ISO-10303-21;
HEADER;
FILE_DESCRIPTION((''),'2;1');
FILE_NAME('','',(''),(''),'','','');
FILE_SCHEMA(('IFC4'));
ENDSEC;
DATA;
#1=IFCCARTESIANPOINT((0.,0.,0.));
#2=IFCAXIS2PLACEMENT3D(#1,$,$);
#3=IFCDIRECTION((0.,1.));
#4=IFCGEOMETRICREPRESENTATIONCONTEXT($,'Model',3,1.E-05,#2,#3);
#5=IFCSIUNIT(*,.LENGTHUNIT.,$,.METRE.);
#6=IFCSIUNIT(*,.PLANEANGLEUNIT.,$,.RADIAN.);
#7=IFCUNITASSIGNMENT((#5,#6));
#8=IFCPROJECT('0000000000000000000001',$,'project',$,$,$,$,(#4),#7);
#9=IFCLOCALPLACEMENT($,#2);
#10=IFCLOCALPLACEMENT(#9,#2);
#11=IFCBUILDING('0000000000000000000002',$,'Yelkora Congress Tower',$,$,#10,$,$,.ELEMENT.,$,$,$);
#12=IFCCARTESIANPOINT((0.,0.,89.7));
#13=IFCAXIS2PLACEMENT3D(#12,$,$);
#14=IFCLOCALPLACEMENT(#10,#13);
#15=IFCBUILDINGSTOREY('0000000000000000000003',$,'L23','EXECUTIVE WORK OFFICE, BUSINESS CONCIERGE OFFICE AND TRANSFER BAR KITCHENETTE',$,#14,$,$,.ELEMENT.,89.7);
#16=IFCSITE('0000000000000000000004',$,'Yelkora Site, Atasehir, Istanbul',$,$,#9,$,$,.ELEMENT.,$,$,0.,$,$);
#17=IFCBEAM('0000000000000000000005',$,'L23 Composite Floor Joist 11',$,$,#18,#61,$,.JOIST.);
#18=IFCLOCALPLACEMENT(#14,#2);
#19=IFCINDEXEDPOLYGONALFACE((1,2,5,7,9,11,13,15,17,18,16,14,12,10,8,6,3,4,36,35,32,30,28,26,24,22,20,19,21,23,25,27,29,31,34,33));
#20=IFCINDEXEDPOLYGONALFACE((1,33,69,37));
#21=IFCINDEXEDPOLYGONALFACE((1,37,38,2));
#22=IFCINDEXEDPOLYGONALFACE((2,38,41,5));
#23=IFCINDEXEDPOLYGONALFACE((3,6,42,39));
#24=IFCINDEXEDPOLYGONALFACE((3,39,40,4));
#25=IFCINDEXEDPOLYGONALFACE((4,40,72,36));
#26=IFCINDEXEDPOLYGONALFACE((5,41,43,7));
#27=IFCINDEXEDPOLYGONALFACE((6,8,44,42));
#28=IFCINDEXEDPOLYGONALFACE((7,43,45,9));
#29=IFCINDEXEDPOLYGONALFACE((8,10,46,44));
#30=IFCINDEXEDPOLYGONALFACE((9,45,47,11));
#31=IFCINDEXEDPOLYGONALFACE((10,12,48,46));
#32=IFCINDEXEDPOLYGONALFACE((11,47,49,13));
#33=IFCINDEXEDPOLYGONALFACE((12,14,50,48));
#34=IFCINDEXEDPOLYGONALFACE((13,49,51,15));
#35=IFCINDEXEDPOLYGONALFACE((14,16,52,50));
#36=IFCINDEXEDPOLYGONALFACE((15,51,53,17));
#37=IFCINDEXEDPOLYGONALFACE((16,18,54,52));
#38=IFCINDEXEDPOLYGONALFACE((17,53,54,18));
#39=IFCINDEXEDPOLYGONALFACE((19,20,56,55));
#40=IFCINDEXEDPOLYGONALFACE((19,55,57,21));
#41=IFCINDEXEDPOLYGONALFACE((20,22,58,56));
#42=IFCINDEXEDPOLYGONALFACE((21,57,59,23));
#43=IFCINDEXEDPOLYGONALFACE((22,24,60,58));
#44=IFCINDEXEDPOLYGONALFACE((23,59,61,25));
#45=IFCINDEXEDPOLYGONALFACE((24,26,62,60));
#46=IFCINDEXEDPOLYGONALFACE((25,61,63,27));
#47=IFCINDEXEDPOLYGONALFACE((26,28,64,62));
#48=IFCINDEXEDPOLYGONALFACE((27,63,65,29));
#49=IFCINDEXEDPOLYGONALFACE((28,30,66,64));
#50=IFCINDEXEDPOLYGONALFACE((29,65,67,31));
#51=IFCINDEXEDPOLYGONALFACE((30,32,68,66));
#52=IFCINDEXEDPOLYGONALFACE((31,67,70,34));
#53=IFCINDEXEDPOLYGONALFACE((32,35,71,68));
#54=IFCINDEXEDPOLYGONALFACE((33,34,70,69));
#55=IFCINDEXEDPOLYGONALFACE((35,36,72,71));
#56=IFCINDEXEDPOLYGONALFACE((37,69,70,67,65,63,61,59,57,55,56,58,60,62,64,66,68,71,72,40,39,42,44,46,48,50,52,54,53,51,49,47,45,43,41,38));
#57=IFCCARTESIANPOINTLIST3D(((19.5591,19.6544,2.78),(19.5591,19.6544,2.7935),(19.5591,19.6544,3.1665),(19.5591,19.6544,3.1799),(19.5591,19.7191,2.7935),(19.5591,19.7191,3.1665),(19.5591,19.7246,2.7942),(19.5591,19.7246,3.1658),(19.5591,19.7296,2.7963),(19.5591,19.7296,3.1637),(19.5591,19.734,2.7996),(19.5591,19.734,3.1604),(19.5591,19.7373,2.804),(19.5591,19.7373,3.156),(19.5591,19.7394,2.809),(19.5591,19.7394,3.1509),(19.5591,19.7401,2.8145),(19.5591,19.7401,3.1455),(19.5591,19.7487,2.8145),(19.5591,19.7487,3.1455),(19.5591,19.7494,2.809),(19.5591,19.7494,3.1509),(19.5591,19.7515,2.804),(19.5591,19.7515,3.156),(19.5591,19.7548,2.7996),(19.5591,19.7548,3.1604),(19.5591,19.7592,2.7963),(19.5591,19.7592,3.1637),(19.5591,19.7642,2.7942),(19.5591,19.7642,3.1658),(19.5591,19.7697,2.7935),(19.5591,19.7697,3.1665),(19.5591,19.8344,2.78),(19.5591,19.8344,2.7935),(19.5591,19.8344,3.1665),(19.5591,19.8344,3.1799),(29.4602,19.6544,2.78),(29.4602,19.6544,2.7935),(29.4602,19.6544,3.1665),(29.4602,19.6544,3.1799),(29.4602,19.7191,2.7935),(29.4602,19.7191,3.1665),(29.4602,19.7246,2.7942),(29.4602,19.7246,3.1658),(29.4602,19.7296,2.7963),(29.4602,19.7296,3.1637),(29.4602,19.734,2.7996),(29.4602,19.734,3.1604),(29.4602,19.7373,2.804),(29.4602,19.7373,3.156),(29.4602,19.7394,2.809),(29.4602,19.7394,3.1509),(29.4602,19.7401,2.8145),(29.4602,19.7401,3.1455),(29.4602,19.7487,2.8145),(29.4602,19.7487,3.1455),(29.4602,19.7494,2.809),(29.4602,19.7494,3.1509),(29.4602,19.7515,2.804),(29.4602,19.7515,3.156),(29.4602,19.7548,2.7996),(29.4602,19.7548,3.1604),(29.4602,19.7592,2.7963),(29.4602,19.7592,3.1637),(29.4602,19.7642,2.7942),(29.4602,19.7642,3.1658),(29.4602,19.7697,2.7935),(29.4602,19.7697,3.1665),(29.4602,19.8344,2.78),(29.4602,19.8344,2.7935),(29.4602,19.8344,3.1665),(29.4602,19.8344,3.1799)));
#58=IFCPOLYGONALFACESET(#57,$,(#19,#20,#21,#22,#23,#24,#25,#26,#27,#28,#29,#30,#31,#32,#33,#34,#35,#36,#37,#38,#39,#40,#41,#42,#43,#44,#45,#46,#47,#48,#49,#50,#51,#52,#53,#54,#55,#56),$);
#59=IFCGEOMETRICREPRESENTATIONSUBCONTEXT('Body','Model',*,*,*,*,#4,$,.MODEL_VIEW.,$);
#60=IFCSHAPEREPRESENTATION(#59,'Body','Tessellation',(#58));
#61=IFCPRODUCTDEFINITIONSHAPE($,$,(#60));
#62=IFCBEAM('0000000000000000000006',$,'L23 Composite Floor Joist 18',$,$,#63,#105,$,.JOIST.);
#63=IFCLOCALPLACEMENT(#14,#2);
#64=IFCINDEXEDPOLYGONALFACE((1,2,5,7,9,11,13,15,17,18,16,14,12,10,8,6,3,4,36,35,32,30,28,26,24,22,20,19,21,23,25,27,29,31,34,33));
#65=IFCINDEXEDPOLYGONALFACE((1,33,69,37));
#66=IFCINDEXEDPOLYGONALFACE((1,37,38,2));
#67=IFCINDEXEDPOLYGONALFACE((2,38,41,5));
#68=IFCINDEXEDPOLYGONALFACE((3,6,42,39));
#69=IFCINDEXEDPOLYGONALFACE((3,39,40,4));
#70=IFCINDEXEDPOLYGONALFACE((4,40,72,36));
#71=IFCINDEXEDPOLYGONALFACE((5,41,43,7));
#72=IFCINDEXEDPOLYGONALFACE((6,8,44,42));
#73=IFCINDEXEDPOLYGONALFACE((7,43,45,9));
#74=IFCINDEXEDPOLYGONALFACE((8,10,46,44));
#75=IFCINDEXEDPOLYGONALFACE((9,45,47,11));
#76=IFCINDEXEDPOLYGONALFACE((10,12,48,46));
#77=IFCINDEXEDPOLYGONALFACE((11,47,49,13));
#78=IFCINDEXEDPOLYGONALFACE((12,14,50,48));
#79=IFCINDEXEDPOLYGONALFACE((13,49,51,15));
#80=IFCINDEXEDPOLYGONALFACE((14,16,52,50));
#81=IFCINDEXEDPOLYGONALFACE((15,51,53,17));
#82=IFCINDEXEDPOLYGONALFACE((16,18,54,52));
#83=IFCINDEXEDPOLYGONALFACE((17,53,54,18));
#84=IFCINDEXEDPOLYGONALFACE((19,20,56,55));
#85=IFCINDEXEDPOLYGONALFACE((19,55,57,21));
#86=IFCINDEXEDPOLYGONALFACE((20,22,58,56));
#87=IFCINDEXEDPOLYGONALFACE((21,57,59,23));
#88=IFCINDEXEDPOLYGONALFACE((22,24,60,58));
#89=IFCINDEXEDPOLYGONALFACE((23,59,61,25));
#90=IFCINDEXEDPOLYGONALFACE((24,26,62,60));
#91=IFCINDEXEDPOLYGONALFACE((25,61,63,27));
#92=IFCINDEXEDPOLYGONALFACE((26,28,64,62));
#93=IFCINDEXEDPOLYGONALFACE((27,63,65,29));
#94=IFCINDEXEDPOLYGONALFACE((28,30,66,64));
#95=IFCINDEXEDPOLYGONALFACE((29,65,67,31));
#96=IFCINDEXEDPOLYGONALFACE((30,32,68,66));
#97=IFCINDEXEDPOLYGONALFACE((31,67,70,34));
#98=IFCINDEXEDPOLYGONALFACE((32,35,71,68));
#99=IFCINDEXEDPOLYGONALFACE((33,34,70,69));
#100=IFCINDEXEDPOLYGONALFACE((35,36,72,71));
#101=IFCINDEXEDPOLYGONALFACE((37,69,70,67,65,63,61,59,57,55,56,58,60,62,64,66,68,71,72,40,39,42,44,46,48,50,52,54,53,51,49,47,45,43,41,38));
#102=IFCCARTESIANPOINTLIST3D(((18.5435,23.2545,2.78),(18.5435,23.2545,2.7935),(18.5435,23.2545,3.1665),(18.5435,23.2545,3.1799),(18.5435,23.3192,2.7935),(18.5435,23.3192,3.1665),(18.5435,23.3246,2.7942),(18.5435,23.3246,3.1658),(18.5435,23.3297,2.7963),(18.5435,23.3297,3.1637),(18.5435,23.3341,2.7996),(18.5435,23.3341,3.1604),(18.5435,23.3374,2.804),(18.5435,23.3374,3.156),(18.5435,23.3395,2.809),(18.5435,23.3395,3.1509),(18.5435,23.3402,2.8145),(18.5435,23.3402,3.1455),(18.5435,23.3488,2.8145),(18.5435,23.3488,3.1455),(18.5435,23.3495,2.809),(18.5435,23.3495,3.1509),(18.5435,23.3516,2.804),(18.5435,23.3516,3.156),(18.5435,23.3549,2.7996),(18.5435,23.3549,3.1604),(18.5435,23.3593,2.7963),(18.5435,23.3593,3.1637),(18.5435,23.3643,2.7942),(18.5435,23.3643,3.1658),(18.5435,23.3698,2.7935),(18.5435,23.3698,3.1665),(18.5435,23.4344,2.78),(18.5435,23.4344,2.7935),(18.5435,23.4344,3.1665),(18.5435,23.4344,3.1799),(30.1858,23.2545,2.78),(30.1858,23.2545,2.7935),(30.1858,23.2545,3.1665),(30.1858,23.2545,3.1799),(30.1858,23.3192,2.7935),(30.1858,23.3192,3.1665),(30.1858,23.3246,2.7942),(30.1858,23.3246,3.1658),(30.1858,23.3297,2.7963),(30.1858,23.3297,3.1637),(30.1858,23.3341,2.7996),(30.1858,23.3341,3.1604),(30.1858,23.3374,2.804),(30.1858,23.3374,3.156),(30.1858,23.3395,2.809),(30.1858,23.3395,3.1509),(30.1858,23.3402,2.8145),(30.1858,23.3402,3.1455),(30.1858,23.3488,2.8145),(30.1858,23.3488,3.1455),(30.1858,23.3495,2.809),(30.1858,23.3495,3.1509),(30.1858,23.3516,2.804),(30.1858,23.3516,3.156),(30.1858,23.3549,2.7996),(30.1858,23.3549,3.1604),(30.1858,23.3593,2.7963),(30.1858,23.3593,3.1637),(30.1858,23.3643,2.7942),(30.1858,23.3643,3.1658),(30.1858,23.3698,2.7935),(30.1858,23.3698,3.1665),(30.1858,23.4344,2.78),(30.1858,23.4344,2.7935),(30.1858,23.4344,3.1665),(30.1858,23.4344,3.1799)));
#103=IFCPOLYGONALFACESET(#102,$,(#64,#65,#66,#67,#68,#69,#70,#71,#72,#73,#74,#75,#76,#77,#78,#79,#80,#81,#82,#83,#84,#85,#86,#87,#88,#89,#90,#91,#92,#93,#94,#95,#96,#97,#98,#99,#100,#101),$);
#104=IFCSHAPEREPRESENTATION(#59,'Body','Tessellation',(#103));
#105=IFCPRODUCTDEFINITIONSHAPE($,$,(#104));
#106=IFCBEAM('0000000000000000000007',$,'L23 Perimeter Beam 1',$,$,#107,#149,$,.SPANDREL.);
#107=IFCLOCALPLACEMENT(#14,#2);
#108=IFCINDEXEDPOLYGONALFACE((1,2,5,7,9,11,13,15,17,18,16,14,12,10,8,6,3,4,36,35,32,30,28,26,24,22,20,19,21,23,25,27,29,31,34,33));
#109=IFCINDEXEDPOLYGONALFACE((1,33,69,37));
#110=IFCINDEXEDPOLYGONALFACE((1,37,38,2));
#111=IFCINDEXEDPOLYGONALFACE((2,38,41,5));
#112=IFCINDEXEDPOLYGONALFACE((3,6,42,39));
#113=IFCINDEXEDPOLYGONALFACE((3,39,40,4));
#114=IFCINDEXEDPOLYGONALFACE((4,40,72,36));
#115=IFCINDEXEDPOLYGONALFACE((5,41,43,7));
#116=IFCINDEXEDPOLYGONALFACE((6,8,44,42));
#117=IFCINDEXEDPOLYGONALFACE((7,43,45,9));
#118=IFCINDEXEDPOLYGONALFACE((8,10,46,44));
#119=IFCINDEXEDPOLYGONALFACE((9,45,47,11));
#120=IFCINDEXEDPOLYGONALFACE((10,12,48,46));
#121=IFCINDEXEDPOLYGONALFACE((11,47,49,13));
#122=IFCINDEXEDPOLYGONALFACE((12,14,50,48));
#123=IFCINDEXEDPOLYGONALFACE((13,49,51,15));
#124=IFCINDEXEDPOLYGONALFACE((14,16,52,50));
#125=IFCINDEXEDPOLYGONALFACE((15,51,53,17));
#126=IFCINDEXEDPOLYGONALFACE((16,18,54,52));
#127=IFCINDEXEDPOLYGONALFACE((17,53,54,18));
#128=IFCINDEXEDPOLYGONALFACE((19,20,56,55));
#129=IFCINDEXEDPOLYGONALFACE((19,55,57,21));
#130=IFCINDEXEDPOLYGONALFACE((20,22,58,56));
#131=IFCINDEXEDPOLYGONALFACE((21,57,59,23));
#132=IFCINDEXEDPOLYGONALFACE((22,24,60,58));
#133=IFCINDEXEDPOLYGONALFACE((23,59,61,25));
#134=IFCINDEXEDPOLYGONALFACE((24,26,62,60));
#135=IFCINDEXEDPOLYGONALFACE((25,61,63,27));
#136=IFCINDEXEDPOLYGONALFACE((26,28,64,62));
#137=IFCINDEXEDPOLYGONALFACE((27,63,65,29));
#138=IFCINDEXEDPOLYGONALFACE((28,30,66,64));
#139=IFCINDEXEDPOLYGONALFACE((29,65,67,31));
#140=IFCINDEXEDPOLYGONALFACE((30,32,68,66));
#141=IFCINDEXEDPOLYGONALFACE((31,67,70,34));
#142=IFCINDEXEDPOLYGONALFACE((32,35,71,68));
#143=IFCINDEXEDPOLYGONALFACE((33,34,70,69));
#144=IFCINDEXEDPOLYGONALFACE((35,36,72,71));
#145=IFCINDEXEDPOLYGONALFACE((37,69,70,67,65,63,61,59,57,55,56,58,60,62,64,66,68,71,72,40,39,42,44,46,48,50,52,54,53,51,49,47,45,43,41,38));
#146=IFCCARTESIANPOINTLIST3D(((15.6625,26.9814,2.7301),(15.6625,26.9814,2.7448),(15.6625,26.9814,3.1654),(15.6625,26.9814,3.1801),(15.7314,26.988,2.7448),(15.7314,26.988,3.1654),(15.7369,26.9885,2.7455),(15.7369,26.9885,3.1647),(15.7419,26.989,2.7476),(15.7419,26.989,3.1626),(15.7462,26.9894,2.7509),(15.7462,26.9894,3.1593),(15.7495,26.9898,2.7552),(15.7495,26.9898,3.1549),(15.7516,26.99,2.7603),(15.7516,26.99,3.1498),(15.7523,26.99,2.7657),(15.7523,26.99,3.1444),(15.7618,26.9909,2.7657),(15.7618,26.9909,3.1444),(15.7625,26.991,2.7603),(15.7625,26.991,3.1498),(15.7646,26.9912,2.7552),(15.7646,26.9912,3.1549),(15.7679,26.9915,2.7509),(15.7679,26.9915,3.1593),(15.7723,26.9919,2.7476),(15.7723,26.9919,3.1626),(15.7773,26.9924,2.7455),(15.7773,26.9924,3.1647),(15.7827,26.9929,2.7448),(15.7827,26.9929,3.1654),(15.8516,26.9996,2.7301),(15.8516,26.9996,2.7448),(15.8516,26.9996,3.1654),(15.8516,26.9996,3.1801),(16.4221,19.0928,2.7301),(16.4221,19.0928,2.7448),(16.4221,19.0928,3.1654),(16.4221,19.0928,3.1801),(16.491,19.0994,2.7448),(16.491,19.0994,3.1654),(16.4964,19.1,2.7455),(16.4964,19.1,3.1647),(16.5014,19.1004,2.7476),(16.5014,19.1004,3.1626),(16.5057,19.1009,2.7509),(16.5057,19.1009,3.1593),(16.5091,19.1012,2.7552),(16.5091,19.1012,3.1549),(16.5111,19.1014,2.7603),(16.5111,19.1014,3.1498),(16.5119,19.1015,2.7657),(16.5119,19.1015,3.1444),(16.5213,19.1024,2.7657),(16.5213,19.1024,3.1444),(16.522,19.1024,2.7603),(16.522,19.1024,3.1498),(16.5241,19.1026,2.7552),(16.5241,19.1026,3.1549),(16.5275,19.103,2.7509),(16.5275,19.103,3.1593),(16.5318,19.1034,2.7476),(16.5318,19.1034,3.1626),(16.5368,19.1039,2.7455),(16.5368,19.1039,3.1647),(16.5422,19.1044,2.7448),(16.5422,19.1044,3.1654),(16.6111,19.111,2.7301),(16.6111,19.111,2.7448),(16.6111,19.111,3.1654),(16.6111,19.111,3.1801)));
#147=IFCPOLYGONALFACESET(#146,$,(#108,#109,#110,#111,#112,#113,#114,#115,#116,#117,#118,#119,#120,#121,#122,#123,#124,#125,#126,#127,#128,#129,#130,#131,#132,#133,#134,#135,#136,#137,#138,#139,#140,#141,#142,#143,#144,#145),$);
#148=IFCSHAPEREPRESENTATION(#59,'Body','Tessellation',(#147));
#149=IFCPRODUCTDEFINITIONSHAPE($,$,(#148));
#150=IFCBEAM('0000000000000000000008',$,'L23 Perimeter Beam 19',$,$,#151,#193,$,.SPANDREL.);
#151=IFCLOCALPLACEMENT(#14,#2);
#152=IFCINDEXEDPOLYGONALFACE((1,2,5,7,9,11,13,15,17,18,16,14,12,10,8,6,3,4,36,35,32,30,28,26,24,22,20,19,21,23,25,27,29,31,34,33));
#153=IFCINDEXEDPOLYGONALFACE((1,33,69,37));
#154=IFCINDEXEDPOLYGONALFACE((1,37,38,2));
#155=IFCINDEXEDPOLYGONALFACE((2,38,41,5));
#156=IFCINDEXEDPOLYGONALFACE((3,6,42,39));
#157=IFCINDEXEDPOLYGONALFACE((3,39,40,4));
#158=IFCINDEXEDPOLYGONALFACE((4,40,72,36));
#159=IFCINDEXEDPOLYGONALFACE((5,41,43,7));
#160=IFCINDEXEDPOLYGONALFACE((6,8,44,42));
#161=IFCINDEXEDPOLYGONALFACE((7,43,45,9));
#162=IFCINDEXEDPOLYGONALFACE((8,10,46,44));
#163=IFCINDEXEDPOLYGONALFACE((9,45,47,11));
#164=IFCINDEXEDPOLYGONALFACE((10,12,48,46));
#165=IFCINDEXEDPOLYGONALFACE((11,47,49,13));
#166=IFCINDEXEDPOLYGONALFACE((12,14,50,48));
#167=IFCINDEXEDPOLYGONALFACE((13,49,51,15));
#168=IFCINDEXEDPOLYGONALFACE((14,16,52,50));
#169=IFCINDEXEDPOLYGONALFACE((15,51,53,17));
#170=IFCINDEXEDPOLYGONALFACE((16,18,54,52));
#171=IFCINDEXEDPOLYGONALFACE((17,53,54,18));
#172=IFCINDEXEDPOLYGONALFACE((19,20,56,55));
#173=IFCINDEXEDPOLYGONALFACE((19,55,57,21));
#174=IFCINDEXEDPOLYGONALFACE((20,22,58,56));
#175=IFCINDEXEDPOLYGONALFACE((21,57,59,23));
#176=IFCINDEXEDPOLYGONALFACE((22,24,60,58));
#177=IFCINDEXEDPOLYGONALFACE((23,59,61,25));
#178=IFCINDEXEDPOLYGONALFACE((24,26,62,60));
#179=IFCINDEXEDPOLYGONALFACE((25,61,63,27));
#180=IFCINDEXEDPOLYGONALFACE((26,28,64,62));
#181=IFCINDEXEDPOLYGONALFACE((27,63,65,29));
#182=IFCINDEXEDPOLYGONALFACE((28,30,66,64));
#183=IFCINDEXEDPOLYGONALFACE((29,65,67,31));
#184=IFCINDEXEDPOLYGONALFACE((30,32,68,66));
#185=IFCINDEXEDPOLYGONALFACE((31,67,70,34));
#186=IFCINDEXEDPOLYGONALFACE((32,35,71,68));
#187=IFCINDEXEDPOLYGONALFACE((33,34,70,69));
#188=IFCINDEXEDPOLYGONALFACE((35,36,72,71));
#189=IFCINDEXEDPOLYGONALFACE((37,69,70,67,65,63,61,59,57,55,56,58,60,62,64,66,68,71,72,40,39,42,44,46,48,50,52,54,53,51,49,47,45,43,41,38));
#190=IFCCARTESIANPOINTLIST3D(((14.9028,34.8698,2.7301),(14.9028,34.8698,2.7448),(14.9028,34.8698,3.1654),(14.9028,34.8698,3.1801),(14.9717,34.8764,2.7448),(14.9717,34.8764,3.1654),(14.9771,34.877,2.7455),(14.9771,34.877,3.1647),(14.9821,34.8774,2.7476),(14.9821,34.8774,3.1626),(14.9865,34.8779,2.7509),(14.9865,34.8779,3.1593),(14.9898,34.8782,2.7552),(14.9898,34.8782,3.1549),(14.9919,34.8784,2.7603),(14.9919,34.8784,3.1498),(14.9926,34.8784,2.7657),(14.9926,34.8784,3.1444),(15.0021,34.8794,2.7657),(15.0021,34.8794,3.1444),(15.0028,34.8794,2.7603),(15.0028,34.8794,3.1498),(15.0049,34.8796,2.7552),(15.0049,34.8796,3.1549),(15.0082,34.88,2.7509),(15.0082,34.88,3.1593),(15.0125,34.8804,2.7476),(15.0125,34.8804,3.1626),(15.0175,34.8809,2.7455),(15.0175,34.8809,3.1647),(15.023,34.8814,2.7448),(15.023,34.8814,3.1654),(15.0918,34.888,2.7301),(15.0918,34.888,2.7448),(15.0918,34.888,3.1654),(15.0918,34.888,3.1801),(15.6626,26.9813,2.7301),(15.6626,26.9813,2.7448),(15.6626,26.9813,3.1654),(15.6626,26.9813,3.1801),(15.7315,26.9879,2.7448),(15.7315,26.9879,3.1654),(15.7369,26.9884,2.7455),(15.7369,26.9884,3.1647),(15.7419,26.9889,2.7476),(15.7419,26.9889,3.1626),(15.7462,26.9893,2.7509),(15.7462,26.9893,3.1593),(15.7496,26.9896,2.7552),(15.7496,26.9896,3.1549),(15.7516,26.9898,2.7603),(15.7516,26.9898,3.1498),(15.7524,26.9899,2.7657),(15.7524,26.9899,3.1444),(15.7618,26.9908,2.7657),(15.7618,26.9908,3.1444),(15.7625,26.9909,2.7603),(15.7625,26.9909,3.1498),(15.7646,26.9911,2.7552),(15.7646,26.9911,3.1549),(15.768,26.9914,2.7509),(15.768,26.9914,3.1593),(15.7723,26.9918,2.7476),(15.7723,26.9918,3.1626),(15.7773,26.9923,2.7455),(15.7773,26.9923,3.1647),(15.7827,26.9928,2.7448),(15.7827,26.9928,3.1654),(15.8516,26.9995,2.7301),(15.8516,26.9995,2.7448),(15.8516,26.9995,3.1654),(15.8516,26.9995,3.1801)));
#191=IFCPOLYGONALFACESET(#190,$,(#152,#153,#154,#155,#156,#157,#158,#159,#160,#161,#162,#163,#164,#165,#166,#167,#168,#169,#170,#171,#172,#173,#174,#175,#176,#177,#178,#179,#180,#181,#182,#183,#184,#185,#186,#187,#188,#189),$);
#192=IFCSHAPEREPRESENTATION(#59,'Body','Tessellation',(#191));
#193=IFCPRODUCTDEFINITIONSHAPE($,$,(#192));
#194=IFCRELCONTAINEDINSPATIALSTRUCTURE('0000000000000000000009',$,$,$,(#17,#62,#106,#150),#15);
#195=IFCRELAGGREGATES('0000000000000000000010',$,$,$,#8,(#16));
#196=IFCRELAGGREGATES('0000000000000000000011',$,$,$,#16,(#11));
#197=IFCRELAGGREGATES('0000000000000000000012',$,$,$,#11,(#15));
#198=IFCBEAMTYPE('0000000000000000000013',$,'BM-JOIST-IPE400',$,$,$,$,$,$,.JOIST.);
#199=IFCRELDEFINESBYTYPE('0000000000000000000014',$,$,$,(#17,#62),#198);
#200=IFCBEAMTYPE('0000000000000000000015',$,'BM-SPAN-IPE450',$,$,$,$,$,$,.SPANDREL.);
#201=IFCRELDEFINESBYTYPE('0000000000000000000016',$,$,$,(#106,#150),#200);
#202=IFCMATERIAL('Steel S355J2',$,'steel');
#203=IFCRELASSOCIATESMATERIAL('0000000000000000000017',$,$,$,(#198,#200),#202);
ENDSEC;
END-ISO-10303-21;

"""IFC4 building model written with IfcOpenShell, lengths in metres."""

from ifc_helpers import new_model, si_unit, direction, frame, origin, origin_2d, place, context, subcontext, project, spatial, i_section, extrude, material, material_profile, profile_set, type_object, element, save


model = new_model("IFC4")

# Units and contexts
model_context = context("Model", 3, precision=1e-05, world=origin(), true_north=direction((0.0, 1.0)))
body_context = subcontext(model_context, "Body", "Model", "MODEL_VIEW")
ifc_project = project(units=[si_unit("LENGTHUNIT", "METRE"), si_unit("PLANEANGLEUNIT", "RADIAN")], contexts=[model_context])

# Site, building, storey
site_placement = place(None, origin())
site = spatial("IfcSite", under=ifc_project, at=site_placement, Name="Yelkora Site, Atasehir, Istanbul", CompositionType="ELEMENT", RefElevation=0.0)
building_placement = place(site_placement, origin())
building = spatial("IfcBuilding", under=site, at=building_placement, Name="Yelkora Congress Tower", CompositionType="ELEMENT")
storey_placement = place(building_placement, frame((0.0, 0.0, 89.7)))
storey = spatial("IfcBuildingStorey", under=building, at=storey_placement, Name="L23", Description="EXECUTIVE WORK OFFICE, BUSINESS CONCIERGE OFFICE AND TRANSFER BAR KITCHENETTE", CompositionType="ELEMENT", Elevation=89.7)

# Beams
ifc_material_1 = material(Name="Steel S355J2", Category="steel")
ifc_material_profile_1 = material_profile(ifc_material_1, i_section(OverallWidth=0.1799, OverallDepth=0.3999, WebThickness=0.0085, FlangeThickness=0.0134, FilletRadius=0.021, at=origin_2d()), Name="IPE 400")
ifc_profile_set_1 = profile_set([ifc_material_profile_1], Name="Steel S355J2")
beam_type_1 = type_object("IfcBeamType", Name="BM-JOIST-IPE400", PredefinedType="JOIST", material=ifc_profile_set_1)
beam_1_placement = place(storey_placement, frame((19.5591, 19.7444, 2.98), z_axis=(1.0, 0.0, 0.0), x_axis=(0.0, 1.0, 0.0)))
element("IfcBeam", 1, at=beam_1_placement, inside=storey, type_object=beam_type_1, Name="L23 Composite Floor Joist 11", PredefinedType="JOIST", context=body_context, shape_type="SweptSolid", body=[
    extrude(i_section(OverallWidth=0.1799, OverallDepth=0.3999, WebThickness=0.0085, FlangeThickness=0.0134, FilletRadius=0.021, at=origin_2d()), origin(), (0.0, 0.0, 1.0), 9.9011),
])
beam_2_placement = place(storey_placement, frame((18.5435, 23.3445, 2.98), z_axis=(1.0, 0.0, 0.0), x_axis=(0.0, 1.0, 0.0)))
element("IfcBeam", 2, at=beam_2_placement, inside=storey, type_object=beam_type_1, Name="L23 Composite Floor Joist 18", PredefinedType="JOIST", context=body_context, shape_type="SweptSolid", body=[
    extrude(i_section(OverallWidth=0.1799, OverallDepth=0.3999, WebThickness=0.0085, FlangeThickness=0.0134, FilletRadius=0.021, at=origin_2d()), origin(), (0.0, 0.0, 1.0), 11.6423),
])
ifc_material_profile_2 = material_profile(ifc_material_1, i_section(OverallWidth=0.1899, OverallDepth=0.45, WebThickness=0.0095, FlangeThickness=0.0146, FilletRadius=0.021, at=origin_2d()), Name="IPE 450")
ifc_profile_set_2 = profile_set([ifc_material_profile_2], Name="Steel S355J2")
beam_type_2 = type_object("IfcBeamType", Name="BM-SPAN-IPE450", PredefinedType="SPANDREL", material=ifc_profile_set_2)
for number, where, z_axis, x_axis, name in (
    (3, (15.7571, 26.9905, 2.9551), (0.095837, -0.995397, 0.0), (0.995397, 0.095837, 0.0), "L23 Perimeter Beam 1"),
    (4, (14.9973, 34.8789, 2.9551), (0.09587, -0.995394, 0.0), (0.995394, 0.09587, 0.0), "L23 Perimeter Beam 19"),
):
    element("IfcBeam", number, at=place(storey_placement, frame(where, z_axis=z_axis, x_axis=x_axis)), inside=storey, type_object=beam_type_2, Name=name, PredefinedType="SPANDREL", context=body_context, shape_type="SweptSolid", body=[
        extrude(i_section(OverallWidth=0.1899, OverallDepth=0.45, WebThickness=0.0095, FlangeThickness=0.0146, FilletRadius=0.021, at=origin_2d()), origin(), (0.0, 0.0, 1.0), 7.925),
    ])

save(model, "model.ifc")
